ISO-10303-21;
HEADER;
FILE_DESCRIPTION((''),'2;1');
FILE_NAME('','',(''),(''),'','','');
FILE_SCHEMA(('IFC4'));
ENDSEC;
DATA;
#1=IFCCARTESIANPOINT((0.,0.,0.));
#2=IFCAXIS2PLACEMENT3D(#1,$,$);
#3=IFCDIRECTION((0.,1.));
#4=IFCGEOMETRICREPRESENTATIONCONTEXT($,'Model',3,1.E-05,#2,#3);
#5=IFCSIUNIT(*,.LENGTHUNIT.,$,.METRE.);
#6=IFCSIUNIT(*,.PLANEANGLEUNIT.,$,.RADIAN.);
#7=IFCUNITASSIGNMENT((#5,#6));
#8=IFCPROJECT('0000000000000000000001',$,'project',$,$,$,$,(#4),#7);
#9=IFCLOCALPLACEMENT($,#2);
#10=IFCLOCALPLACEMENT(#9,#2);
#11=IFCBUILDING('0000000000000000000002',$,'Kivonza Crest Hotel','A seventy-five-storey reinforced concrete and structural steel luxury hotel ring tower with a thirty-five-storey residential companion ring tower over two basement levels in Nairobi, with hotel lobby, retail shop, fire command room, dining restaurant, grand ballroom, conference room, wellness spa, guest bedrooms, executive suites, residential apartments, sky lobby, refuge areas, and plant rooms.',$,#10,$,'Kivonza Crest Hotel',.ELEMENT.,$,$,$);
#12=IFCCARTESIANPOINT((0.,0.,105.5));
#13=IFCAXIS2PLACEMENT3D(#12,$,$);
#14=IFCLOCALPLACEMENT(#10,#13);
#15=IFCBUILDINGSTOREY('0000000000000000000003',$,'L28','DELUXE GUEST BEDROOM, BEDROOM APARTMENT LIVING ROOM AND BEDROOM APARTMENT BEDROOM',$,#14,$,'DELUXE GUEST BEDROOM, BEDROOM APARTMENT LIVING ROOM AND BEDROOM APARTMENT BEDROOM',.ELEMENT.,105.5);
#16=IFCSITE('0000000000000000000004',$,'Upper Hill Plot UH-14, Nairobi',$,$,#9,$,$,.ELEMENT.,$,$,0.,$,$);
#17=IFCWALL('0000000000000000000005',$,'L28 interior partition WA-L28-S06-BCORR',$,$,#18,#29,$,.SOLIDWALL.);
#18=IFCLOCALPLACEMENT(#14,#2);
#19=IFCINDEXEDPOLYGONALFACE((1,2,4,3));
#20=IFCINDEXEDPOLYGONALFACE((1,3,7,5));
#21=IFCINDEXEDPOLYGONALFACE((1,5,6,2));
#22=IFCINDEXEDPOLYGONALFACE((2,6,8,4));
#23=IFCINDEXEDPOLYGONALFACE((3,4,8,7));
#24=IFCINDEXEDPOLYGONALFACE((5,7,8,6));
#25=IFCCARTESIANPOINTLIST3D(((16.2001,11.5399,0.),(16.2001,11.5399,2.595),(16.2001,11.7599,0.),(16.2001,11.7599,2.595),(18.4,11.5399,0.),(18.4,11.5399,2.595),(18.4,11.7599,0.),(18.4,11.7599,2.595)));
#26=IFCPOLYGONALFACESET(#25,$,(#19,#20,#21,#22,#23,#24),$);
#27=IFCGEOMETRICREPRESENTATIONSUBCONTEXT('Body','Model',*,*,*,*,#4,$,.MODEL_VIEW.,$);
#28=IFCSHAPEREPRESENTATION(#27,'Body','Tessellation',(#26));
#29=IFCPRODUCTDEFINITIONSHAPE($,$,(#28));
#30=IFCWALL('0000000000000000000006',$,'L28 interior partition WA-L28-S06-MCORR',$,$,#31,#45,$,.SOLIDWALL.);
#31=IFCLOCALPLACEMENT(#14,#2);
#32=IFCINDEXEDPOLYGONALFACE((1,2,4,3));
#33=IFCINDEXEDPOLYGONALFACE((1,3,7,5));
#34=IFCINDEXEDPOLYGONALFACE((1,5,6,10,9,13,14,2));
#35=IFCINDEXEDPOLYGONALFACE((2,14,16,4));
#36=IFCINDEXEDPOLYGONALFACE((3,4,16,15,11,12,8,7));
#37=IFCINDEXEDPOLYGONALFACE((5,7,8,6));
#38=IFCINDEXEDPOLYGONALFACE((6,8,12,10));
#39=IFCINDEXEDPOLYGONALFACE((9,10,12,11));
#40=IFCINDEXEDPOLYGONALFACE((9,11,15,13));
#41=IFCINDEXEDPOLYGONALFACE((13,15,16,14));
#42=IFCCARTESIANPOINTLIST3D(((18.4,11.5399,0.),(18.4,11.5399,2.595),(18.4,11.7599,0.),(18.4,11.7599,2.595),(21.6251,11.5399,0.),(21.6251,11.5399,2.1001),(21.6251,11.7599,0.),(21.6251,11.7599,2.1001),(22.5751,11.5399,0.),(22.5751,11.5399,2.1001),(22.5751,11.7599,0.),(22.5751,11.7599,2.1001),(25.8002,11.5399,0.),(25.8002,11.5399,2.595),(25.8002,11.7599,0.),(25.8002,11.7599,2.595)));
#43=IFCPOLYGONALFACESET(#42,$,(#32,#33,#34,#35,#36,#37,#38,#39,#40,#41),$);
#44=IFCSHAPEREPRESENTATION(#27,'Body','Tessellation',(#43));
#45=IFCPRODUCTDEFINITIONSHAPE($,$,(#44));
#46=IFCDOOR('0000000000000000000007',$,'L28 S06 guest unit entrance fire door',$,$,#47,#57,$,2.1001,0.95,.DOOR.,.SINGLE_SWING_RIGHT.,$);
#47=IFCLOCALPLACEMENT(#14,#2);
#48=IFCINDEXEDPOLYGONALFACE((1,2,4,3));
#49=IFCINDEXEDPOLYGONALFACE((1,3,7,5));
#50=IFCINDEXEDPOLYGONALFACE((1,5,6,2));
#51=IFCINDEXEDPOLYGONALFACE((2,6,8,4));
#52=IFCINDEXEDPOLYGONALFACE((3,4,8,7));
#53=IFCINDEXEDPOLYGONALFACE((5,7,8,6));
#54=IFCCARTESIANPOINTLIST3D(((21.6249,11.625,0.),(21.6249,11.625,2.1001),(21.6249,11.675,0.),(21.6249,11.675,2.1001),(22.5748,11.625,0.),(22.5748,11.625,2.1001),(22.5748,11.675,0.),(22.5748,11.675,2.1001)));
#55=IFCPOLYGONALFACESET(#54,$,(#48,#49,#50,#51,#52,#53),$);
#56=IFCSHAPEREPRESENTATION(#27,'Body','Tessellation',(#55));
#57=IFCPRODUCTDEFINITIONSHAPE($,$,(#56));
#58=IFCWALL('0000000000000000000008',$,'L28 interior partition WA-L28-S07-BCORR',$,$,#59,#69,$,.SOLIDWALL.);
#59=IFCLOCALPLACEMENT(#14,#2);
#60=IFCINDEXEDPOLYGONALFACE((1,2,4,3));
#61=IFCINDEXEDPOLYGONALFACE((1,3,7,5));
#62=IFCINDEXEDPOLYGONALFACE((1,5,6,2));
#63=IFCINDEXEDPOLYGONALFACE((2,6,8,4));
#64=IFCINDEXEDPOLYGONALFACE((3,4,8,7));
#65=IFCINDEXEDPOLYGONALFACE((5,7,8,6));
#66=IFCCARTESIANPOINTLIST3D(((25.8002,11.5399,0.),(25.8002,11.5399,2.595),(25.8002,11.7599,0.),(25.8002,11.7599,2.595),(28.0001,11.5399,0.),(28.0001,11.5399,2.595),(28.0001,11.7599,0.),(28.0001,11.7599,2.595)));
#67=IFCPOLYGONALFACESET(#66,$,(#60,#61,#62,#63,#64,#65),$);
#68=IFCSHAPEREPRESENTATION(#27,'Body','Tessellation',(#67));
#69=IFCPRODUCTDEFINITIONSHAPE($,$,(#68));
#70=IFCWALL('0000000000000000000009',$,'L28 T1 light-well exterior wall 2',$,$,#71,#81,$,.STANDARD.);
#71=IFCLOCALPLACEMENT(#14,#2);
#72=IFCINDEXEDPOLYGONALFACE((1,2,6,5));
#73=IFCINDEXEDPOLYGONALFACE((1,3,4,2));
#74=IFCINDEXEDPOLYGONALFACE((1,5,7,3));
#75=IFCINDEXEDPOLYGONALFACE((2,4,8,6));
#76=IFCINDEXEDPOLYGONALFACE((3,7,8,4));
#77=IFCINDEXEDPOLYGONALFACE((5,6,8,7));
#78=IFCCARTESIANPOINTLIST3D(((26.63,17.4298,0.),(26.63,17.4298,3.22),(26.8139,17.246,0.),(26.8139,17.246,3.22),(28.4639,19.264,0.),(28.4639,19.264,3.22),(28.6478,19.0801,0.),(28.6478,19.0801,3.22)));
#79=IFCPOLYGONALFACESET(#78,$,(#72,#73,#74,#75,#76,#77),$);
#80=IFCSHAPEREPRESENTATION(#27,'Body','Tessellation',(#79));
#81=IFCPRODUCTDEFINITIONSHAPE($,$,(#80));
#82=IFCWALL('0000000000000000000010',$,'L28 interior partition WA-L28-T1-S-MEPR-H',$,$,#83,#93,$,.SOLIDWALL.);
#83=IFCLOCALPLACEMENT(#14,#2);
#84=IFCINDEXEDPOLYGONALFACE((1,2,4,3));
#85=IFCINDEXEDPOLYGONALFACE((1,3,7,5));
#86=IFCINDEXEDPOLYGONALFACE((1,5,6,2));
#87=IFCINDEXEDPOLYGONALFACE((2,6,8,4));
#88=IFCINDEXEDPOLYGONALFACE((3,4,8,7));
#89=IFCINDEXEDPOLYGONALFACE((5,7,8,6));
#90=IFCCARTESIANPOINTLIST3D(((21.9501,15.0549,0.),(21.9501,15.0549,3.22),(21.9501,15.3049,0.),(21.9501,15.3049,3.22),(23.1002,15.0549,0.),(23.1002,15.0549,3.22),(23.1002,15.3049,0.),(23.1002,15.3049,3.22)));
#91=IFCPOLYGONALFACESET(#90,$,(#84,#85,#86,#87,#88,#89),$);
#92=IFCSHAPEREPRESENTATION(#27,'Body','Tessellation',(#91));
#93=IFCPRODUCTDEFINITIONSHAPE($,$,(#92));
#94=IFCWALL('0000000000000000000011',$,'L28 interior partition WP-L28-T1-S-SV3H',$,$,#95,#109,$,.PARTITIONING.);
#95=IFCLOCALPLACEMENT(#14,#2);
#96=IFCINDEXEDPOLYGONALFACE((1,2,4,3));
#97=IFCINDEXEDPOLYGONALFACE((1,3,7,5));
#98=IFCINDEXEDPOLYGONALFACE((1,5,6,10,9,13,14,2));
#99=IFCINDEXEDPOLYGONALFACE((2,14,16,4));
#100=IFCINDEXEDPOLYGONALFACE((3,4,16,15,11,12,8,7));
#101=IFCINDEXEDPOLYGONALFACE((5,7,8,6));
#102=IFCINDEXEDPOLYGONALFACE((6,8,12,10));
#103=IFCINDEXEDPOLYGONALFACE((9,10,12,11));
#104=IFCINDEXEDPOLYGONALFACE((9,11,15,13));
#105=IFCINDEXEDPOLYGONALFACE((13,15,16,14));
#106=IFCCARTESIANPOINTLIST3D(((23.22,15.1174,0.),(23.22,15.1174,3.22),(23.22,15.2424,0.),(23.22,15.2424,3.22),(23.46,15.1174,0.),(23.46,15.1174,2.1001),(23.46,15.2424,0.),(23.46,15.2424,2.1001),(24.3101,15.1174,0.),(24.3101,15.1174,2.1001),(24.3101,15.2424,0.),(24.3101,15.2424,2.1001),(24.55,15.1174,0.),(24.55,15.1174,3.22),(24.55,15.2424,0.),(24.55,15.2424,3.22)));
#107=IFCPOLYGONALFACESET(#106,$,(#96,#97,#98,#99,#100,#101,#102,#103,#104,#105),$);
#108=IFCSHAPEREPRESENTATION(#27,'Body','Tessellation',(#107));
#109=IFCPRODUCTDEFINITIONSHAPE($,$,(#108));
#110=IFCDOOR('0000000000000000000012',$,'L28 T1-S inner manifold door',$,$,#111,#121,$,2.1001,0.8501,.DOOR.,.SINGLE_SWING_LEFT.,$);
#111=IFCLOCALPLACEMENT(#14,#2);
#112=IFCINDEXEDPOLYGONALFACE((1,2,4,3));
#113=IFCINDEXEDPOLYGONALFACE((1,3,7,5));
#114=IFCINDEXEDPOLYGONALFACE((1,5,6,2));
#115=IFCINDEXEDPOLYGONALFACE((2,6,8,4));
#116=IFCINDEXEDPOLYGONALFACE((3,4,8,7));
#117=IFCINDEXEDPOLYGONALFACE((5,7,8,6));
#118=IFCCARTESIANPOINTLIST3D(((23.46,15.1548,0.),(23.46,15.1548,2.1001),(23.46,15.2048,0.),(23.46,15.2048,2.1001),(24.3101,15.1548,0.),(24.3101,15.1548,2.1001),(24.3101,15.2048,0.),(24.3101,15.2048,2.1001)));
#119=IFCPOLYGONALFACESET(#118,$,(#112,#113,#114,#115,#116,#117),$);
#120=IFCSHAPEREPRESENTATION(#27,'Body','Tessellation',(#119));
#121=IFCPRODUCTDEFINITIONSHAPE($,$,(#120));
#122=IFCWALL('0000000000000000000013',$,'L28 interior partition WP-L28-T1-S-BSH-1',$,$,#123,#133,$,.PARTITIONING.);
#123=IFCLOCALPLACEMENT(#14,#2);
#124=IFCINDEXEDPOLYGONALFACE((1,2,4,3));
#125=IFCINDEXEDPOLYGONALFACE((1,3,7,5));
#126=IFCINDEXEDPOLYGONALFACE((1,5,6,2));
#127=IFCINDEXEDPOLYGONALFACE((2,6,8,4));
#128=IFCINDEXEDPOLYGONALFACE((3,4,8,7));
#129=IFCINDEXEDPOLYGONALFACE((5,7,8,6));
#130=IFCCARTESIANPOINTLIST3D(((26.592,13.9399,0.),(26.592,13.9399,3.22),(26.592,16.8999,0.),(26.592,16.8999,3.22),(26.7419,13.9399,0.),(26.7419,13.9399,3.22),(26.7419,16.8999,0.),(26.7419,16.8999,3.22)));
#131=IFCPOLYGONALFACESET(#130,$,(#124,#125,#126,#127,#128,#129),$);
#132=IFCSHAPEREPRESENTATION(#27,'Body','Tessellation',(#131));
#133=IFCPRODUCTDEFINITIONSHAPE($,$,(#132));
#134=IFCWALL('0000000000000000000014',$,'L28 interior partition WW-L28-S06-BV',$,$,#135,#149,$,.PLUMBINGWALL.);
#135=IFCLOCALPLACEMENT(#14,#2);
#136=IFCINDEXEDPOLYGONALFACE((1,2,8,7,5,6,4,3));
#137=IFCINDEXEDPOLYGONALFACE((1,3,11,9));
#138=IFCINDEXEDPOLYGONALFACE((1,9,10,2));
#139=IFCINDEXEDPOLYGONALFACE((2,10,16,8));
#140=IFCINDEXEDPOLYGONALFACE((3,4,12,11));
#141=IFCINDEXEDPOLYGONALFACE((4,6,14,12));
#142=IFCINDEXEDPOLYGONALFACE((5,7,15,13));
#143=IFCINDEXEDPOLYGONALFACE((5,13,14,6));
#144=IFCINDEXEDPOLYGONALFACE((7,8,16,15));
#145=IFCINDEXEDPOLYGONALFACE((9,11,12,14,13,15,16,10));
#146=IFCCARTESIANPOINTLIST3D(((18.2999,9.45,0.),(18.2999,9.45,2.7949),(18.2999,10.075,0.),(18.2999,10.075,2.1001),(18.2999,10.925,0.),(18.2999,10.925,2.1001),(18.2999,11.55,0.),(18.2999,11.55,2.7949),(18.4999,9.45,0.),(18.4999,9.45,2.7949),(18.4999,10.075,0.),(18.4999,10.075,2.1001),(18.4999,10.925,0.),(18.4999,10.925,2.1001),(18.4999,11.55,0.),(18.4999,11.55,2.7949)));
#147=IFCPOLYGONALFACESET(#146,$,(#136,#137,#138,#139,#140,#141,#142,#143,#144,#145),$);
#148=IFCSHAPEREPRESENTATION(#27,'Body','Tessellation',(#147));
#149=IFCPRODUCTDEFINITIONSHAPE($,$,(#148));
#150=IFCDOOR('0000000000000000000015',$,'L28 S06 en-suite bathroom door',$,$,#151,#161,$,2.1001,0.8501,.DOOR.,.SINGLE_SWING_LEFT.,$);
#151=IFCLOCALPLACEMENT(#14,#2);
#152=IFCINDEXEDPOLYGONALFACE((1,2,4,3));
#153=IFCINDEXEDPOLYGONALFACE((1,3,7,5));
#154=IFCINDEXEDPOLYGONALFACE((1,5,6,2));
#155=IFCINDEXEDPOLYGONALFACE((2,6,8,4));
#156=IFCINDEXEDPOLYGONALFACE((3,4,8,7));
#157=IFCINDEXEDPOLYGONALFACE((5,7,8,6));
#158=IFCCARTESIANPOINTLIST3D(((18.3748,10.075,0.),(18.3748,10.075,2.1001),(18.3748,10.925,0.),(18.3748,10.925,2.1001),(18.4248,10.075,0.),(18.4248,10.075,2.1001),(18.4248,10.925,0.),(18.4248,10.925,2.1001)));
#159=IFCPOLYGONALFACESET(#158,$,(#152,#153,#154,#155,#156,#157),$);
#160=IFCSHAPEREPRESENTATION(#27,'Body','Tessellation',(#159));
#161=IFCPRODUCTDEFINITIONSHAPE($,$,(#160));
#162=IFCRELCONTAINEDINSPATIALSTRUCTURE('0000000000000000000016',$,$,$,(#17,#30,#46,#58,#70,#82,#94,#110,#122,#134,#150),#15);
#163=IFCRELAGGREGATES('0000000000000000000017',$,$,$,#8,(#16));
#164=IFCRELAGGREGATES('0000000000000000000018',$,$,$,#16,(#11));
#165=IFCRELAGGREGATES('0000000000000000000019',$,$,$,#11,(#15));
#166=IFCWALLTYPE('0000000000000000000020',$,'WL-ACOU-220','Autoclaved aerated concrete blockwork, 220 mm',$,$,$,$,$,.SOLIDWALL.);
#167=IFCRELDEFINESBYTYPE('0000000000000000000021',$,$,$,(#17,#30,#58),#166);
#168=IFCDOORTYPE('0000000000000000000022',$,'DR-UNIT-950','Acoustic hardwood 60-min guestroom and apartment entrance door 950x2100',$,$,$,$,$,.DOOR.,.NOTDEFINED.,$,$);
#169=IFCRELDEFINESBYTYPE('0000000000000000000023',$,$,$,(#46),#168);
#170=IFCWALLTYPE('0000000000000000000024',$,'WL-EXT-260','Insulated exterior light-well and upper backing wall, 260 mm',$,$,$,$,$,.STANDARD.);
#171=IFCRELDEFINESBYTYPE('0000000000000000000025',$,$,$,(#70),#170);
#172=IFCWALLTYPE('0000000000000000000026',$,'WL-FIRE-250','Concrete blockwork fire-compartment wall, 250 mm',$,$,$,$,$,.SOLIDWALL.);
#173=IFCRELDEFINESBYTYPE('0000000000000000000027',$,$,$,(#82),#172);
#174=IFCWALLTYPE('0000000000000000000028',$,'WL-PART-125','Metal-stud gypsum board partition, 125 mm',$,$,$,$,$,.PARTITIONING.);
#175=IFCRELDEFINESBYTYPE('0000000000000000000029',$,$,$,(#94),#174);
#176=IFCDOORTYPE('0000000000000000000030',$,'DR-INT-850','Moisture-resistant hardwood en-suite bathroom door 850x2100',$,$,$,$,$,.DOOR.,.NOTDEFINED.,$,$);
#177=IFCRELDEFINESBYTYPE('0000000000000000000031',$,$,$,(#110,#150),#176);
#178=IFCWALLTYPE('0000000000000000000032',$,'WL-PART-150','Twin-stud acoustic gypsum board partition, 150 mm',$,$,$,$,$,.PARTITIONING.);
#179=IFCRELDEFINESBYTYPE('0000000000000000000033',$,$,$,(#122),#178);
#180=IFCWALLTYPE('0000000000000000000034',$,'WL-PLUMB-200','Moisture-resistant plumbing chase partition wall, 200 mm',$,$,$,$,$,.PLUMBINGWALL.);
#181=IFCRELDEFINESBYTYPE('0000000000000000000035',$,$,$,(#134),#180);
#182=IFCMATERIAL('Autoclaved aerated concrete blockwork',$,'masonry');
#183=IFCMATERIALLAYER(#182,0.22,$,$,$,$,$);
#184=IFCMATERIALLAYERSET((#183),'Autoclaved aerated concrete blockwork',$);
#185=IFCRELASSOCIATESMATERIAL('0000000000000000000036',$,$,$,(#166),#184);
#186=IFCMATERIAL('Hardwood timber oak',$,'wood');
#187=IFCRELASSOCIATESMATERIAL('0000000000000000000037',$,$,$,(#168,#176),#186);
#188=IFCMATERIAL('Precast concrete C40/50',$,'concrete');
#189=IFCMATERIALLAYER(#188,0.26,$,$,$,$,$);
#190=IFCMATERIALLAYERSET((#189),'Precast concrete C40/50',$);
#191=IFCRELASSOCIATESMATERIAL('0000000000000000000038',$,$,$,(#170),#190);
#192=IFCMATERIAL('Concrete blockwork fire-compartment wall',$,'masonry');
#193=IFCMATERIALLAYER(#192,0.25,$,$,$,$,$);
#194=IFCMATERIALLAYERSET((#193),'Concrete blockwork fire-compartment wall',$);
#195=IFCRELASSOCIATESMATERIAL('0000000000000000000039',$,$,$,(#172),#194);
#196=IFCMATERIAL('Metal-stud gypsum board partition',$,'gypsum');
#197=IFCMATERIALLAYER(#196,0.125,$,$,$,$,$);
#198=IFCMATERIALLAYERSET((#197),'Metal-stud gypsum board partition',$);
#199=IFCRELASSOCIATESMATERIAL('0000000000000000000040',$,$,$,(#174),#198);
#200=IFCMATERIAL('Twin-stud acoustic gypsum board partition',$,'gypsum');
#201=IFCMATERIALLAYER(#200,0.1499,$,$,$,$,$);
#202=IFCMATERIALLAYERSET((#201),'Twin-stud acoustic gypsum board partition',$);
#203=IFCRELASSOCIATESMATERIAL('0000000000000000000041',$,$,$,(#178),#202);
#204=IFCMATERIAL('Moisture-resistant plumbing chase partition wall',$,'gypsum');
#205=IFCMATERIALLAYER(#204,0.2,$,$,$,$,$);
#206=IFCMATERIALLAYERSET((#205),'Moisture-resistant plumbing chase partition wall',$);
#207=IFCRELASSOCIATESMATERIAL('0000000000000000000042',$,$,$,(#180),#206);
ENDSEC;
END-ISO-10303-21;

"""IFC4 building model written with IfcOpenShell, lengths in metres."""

from ifc_helpers import new_model, si_unit, direction, frame, frame_2d, origin, place, context, subcontext, project, spatial, rectangle, extrude, material, layer, layer_set, type_object, element, fill, save


model = new_model("IFC4")

# Units and contexts
model_context = context("Model", 3, precision=1e-05, world=origin(), true_north=direction((0.0, 1.0)))
body_context = subcontext(model_context, "Body", "Model", "MODEL_VIEW")
ifc_project = project(units=[si_unit("LENGTHUNIT", "METRE"), si_unit("PLANEANGLEUNIT", "RADIAN")], contexts=[model_context])

# Site, building, storey
site_placement = place(None, origin())
site = spatial("IfcSite", under=ifc_project, at=site_placement, Name="Upper Hill Plot UH-14, Nairobi", CompositionType="ELEMENT", RefElevation=0.0)
building_placement = place(site_placement, origin())
building = spatial("IfcBuilding", under=site, at=building_placement, Name="Kivonza Crest Hotel", Description="A seventy-five-storey reinforced concrete and structural steel luxury hotel ring tower with a thirty-five-storey residential companion ring tower over two basement levels in Nairobi, with hotel lobby, retail shop, fire command room, dining restaurant, grand ballroom, conference room, wellness spa, guest bedrooms, executive suites, residential apartments, sky lobby, refuge areas, and plant rooms.", LongName="Kivonza Crest Hotel", CompositionType="ELEMENT")
storey_placement = place(building_placement, frame((0.0, 0.0, 105.5)))
storey = spatial("IfcBuildingStorey", under=building, at=storey_placement, Name="L28", Description="DELUXE GUEST BEDROOM, BEDROOM APARTMENT LIVING ROOM AND BEDROOM APARTMENT BEDROOM", LongName="DELUXE GUEST BEDROOM, BEDROOM APARTMENT LIVING ROOM AND BEDROOM APARTMENT BEDROOM", CompositionType="ELEMENT", Elevation=105.5)

# Wall
ifc_material_1 = material(Name="Autoclaved aerated concrete blockwork", Category="masonry")
ifc_layer_1 = layer(ifc_material_1, 0.22)
ifc_layer_set_1 = layer_set([ifc_layer_1], Name="Autoclaved aerated concrete blockwork")
wall_type_1 = type_object("IfcWallType", Name="WL-ACOU-220", Description="Autoclaved aerated concrete blockwork, 220 mm", PredefinedType="SOLIDWALL", material=ifc_layer_set_1)
wall_1_placement = place(storey_placement, frame((16.2, 11.6499, 0.0), z_axis=(0.0, 0.0, 1.0), x_axis=(1.0, 0.0, 0.0)))
element("IfcWall", 1, at=wall_1_placement, inside=storey, type_object=wall_type_1, Name="L28 interior partition WA-L28-S06-BCORR", PredefinedType="SOLIDWALL", context=body_context, shape_type="SweptSolid", body=[
    extrude(rectangle(XDim=2.2, YDim=0.22, at=frame_2d((1.1001, 0.0))), origin(), (0.0, 0.0, 1.0), 2.595),
])

# Wall, opening, door
wall_2_placement = place(storey_placement, frame((18.3999, 11.6499, 0.0), z_axis=(0.0, 0.0, 1.0), x_axis=(1.0, 0.0, 0.0)))
wall_2 = element("IfcWall", 2, at=wall_2_placement, inside=storey, type_object=wall_type_1, Name="L28 interior partition WA-L28-S06-MCORR", PredefinedType="SOLIDWALL", context=body_context, shape_type="SweptSolid", body=[
    extrude(rectangle(XDim=7.4001, YDim=0.22, at=frame_2d((3.7002, 0.0))), origin(), (0.0, 0.0, 1.0), 2.595),
])
opening_1_placement = place(wall_2_placement, frame((3.2251, 0.0, 0.0)))
opening_1 = element("IfcOpeningElement", 3, at=opening_1_placement, cuts=wall_2, PredefinedType="OPENING", context=body_context, shape_type="SweptSolid", body=[
    extrude(rectangle(XDim=0.95, YDim=2.1001, at=frame_2d((0.4751, 1.05))), frame((0.0, 0.1201, 0.0), z_axis=(0.0, -1.0, 0.0), x_axis=(1.0, 0.0, 0.0)), (0.0, 0.0, 1.0), 0.24),
])
ifc_material_2 = material(Name="Hardwood timber oak", Category="wood")
door_type_1 = type_object("IfcDoorType", Name="DR-UNIT-950", Description="Acoustic hardwood 60-min guestroom and apartment entrance door 950x2100", OperationType="NOTDEFINED", PredefinedType="DOOR", material=ifc_material_2)
door_1_placement = place(opening_1_placement, frame((0.95, 0.0, 0.0), z_axis=(0.0, 0.0, 1.0), x_axis=(-1.0, 0.0, 0.0)))
door_1 = element("IfcDoor", 4, at=door_1_placement, inside=storey, type_object=door_type_1, Name="L28 S06 guest unit entrance fire door", OperationType="SINGLE_SWING_RIGHT", OverallHeight=2.1001, OverallWidth=0.95, PredefinedType="DOOR", context=body_context, shape_type="SweptSolid", body=[
    extrude(rectangle(XDim=0.95, YDim=2.1001, at=frame_2d((0.4751, 1.05))), frame((0.0, 0.0249, 0.0), z_axis=(0.0, -1.0, 0.0), x_axis=(1.0, 0.0, 0.0)), (0.0, 0.0, 1.0), 0.05),
])
fill(opening_1, door_1)

# Walls
wall_3_placement = place(storey_placement, frame((25.8, 11.6499, 0.0), z_axis=(0.0, 0.0, 1.0), x_axis=(1.0, 0.0, 0.0)))
element("IfcWall", 5, at=wall_3_placement, inside=storey, type_object=wall_type_1, Name="L28 interior partition WA-L28-S07-BCORR", PredefinedType="SOLIDWALL", context=body_context, shape_type="SweptSolid", body=[
    extrude(rectangle(XDim=2.2, YDim=0.22, at=frame_2d((1.1001, 0.0))), origin(), (0.0, 0.0, 1.0), 2.595),
])
ifc_material_3 = material(Name="Precast concrete C40/50", Category="concrete")
ifc_layer_2 = layer(ifc_material_3, 0.26)
ifc_layer_set_2 = layer_set([ifc_layer_2], Name="Precast concrete C40/50")
wall_type_2 = type_object("IfcWallType", Name="WL-EXT-260", Description="Insulated exterior light-well and upper backing wall, 260 mm", PredefinedType="STANDARD", material=ifc_layer_set_2)
wall_4_placement = place(storey_placement, frame((26.7219, 17.3379, 0.0), z_axis=(0.0, 0.0, 1.0), x_axis=(0.70706, 0.707154, 0.0)))
element("IfcWall", 6, at=wall_4_placement, inside=storey, type_object=wall_type_2, Name="L28 T1 light-well exterior wall 2", PredefinedType="STANDARD", context=body_context, shape_type="SweptSolid", body=[
    extrude(rectangle(XDim=2.5938, YDim=0.26, at=frame_2d((1.2969, 0.0))), origin(), (0.0, 0.0, 1.0), 3.22),
])
ifc_material_4 = material(Name="Concrete blockwork fire-compartment wall", Category="masonry")
ifc_layer_3 = layer(ifc_material_4, 0.25)
ifc_layer_set_3 = layer_set([ifc_layer_3], Name="Concrete blockwork fire-compartment wall")
wall_type_3 = type_object("IfcWallType", Name="WL-FIRE-250", Description="Concrete blockwork fire-compartment wall, 250 mm", PredefinedType="SOLIDWALL", material=ifc_layer_set_3)
wall_5_placement = place(storey_placement, frame((21.95, 15.1799, 0.0), z_axis=(0.0, 0.0, 1.0), x_axis=(1.0, 0.0, 0.0)))
element("IfcWall", 7, at=wall_5_placement, inside=storey, type_object=wall_type_3, Name="L28 interior partition WA-L28-T1-S-MEPR-H", PredefinedType="SOLIDWALL", context=body_context, shape_type="SweptSolid", body=[
    extrude(rectangle(XDim=1.1501, YDim=0.25, at=frame_2d((0.5752, 0.0))), origin(), (0.0, 0.0, 1.0), 3.22),
])

# Wall, opening, door
ifc_material_5 = material(Name="Metal-stud gypsum board partition", Category="gypsum")
ifc_layer_4 = layer(ifc_material_5, 0.125)
ifc_layer_set_4 = layer_set([ifc_layer_4], Name="Metal-stud gypsum board partition")
wall_type_4 = type_object("IfcWallType", Name="WL-PART-125", Description="Metal-stud gypsum board partition, 125 mm", PredefinedType="PARTITIONING", material=ifc_layer_set_4)
wall_6_placement = place(storey_placement, frame((23.22, 15.1799, 0.0), z_axis=(0.0, 0.0, 1.0), x_axis=(1.0, 0.0, 0.0)))
wall_6 = element("IfcWall", 8, at=wall_6_placement, inside=storey, type_object=wall_type_4, Name="L28 interior partition WP-L28-T1-S-SV3H", PredefinedType="PARTITIONING", context=body_context, shape_type="SweptSolid", body=[
    extrude(rectangle(XDim=1.3301, YDim=0.125, at=frame_2d((0.665, 0.0))), origin(), (0.0, 0.0, 1.0), 3.22),
])
opening_2_placement = place(wall_6_placement, frame((0.24, 0.0, 0.0)))
opening_2 = element("IfcOpeningElement", 9, at=opening_2_placement, cuts=wall_6, PredefinedType="OPENING", context=body_context, shape_type="SweptSolid", body=[
    extrude(rectangle(XDim=0.8501, YDim=2.1001, at=frame_2d((0.425, 1.05))), frame((0.0, 0.0725, 0.0), z_axis=(0.0, -1.0, 0.0), x_axis=(1.0, 0.0, 0.0)), (0.0, 0.0, 1.0), 0.145),
])
door_type_2 = type_object("IfcDoorType", Name="DR-INT-850", Description="Moisture-resistant hardwood en-suite bathroom door 850x2100", OperationType="NOTDEFINED", PredefinedType="DOOR", material=ifc_material_2)
door_2_placement = place(opening_2_placement, origin())
door_2 = element("IfcDoor", 10, at=door_2_placement, inside=storey, type_object=door_type_2, Name="L28 T1-S inner manifold door", OperationType="SINGLE_SWING_LEFT", OverallHeight=2.1001, OverallWidth=0.8501, PredefinedType="DOOR", context=body_context, shape_type="SweptSolid", body=[
    extrude(rectangle(XDim=0.8501, YDim=2.1001, at=frame_2d((0.425, 1.05))), frame((0.0, 0.0249, 0.0), z_axis=(0.0, -1.0, 0.0), x_axis=(1.0, 0.0, 0.0)), (0.0, 0.0, 1.0), 0.05),
])
fill(opening_2, door_2)

# Wall
ifc_material_6 = material(Name="Twin-stud acoustic gypsum board partition", Category="gypsum")
ifc_layer_5 = layer(ifc_material_6, 0.1499)
ifc_layer_set_5 = layer_set([ifc_layer_5], Name="Twin-stud acoustic gypsum board partition")
wall_type_5 = type_object("IfcWallType", Name="WL-PART-150", Description="Twin-stud acoustic gypsum board partition, 150 mm", PredefinedType="PARTITIONING", material=ifc_layer_set_5)
wall_7_placement = place(storey_placement, frame((26.667, 13.9399, 0.0), z_axis=(0.0, 0.0, 1.0), x_axis=(0.0, 1.0, 0.0)))
element("IfcWall", 11, at=wall_7_placement, inside=storey, type_object=wall_type_5, Name="L28 interior partition WP-L28-T1-S-BSH-1", PredefinedType="PARTITIONING", context=body_context, shape_type="SweptSolid", body=[
    extrude(rectangle(XDim=2.96, YDim=0.1499, at=frame_2d((1.48, 0.0))), origin(), (0.0, 0.0, 1.0), 3.22),
])

# Wall, opening, door
ifc_material_7 = material(Name="Moisture-resistant plumbing chase partition wall", Category="gypsum")
ifc_layer_6 = layer(ifc_material_7, 0.2)
ifc_layer_set_6 = layer_set([ifc_layer_6], Name="Moisture-resistant plumbing chase partition wall")
wall_type_6 = type_object("IfcWallType", Name="WL-PLUMB-200", Description="Moisture-resistant plumbing chase partition wall, 200 mm", PredefinedType="PLUMBINGWALL", material=ifc_layer_set_6)
wall_8_placement = place(storey_placement, frame((18.3999, 9.45, 0.0), z_axis=(0.0, 0.0, 1.0), x_axis=(0.0, 1.0, 0.0)))
wall_8 = element("IfcWall", 12, at=wall_8_placement, inside=storey, type_object=wall_type_6, Name="L28 interior partition WW-L28-S06-BV", PredefinedType="PLUMBINGWALL", context=body_context, shape_type="SweptSolid", body=[
    extrude(rectangle(XDim=2.1001, YDim=0.2, at=frame_2d((1.05, 0.0))), origin(), (0.0, 0.0, 1.0), 2.7949),
])
opening_3_placement = place(wall_8_placement, frame((0.625, 0.0, 0.0)))
opening_3 = element("IfcOpeningElement", 13, at=opening_3_placement, cuts=wall_8, PredefinedType="OPENING", context=body_context, shape_type="SweptSolid", body=[
    extrude(rectangle(XDim=0.8501, YDim=2.1001, at=frame_2d((0.425, 1.05))), frame((0.0, 0.1099, 0.0), z_axis=(0.0, -1.0, 0.0), x_axis=(1.0, 0.0, 0.0)), (0.0, 0.0, 1.0), 0.22),
])
door_3_placement = place(opening_3_placement, frame((0.8501, 0.0, 0.0), z_axis=(0.0, 0.0, 1.0), x_axis=(-1.0, 0.0, 0.0)))
door_3 = element("IfcDoor", 14, at=door_3_placement, inside=storey, type_object=door_type_2, Name="L28 S06 en-suite bathroom door", OperationType="SINGLE_SWING_LEFT", OverallHeight=2.1001, OverallWidth=0.8501, PredefinedType="DOOR", context=body_context, shape_type="SweptSolid", body=[
    extrude(rectangle(XDim=0.8501, YDim=2.1001, at=frame_2d((0.425, 1.05))), frame((0.0, 0.0249, 0.0), z_axis=(0.0, -1.0, 0.0), x_axis=(1.0, 0.0, 0.0)), (0.0, 0.0, 1.0), 0.05),
])
fill(opening_3, door_3)

save(model, "model.ifc")
